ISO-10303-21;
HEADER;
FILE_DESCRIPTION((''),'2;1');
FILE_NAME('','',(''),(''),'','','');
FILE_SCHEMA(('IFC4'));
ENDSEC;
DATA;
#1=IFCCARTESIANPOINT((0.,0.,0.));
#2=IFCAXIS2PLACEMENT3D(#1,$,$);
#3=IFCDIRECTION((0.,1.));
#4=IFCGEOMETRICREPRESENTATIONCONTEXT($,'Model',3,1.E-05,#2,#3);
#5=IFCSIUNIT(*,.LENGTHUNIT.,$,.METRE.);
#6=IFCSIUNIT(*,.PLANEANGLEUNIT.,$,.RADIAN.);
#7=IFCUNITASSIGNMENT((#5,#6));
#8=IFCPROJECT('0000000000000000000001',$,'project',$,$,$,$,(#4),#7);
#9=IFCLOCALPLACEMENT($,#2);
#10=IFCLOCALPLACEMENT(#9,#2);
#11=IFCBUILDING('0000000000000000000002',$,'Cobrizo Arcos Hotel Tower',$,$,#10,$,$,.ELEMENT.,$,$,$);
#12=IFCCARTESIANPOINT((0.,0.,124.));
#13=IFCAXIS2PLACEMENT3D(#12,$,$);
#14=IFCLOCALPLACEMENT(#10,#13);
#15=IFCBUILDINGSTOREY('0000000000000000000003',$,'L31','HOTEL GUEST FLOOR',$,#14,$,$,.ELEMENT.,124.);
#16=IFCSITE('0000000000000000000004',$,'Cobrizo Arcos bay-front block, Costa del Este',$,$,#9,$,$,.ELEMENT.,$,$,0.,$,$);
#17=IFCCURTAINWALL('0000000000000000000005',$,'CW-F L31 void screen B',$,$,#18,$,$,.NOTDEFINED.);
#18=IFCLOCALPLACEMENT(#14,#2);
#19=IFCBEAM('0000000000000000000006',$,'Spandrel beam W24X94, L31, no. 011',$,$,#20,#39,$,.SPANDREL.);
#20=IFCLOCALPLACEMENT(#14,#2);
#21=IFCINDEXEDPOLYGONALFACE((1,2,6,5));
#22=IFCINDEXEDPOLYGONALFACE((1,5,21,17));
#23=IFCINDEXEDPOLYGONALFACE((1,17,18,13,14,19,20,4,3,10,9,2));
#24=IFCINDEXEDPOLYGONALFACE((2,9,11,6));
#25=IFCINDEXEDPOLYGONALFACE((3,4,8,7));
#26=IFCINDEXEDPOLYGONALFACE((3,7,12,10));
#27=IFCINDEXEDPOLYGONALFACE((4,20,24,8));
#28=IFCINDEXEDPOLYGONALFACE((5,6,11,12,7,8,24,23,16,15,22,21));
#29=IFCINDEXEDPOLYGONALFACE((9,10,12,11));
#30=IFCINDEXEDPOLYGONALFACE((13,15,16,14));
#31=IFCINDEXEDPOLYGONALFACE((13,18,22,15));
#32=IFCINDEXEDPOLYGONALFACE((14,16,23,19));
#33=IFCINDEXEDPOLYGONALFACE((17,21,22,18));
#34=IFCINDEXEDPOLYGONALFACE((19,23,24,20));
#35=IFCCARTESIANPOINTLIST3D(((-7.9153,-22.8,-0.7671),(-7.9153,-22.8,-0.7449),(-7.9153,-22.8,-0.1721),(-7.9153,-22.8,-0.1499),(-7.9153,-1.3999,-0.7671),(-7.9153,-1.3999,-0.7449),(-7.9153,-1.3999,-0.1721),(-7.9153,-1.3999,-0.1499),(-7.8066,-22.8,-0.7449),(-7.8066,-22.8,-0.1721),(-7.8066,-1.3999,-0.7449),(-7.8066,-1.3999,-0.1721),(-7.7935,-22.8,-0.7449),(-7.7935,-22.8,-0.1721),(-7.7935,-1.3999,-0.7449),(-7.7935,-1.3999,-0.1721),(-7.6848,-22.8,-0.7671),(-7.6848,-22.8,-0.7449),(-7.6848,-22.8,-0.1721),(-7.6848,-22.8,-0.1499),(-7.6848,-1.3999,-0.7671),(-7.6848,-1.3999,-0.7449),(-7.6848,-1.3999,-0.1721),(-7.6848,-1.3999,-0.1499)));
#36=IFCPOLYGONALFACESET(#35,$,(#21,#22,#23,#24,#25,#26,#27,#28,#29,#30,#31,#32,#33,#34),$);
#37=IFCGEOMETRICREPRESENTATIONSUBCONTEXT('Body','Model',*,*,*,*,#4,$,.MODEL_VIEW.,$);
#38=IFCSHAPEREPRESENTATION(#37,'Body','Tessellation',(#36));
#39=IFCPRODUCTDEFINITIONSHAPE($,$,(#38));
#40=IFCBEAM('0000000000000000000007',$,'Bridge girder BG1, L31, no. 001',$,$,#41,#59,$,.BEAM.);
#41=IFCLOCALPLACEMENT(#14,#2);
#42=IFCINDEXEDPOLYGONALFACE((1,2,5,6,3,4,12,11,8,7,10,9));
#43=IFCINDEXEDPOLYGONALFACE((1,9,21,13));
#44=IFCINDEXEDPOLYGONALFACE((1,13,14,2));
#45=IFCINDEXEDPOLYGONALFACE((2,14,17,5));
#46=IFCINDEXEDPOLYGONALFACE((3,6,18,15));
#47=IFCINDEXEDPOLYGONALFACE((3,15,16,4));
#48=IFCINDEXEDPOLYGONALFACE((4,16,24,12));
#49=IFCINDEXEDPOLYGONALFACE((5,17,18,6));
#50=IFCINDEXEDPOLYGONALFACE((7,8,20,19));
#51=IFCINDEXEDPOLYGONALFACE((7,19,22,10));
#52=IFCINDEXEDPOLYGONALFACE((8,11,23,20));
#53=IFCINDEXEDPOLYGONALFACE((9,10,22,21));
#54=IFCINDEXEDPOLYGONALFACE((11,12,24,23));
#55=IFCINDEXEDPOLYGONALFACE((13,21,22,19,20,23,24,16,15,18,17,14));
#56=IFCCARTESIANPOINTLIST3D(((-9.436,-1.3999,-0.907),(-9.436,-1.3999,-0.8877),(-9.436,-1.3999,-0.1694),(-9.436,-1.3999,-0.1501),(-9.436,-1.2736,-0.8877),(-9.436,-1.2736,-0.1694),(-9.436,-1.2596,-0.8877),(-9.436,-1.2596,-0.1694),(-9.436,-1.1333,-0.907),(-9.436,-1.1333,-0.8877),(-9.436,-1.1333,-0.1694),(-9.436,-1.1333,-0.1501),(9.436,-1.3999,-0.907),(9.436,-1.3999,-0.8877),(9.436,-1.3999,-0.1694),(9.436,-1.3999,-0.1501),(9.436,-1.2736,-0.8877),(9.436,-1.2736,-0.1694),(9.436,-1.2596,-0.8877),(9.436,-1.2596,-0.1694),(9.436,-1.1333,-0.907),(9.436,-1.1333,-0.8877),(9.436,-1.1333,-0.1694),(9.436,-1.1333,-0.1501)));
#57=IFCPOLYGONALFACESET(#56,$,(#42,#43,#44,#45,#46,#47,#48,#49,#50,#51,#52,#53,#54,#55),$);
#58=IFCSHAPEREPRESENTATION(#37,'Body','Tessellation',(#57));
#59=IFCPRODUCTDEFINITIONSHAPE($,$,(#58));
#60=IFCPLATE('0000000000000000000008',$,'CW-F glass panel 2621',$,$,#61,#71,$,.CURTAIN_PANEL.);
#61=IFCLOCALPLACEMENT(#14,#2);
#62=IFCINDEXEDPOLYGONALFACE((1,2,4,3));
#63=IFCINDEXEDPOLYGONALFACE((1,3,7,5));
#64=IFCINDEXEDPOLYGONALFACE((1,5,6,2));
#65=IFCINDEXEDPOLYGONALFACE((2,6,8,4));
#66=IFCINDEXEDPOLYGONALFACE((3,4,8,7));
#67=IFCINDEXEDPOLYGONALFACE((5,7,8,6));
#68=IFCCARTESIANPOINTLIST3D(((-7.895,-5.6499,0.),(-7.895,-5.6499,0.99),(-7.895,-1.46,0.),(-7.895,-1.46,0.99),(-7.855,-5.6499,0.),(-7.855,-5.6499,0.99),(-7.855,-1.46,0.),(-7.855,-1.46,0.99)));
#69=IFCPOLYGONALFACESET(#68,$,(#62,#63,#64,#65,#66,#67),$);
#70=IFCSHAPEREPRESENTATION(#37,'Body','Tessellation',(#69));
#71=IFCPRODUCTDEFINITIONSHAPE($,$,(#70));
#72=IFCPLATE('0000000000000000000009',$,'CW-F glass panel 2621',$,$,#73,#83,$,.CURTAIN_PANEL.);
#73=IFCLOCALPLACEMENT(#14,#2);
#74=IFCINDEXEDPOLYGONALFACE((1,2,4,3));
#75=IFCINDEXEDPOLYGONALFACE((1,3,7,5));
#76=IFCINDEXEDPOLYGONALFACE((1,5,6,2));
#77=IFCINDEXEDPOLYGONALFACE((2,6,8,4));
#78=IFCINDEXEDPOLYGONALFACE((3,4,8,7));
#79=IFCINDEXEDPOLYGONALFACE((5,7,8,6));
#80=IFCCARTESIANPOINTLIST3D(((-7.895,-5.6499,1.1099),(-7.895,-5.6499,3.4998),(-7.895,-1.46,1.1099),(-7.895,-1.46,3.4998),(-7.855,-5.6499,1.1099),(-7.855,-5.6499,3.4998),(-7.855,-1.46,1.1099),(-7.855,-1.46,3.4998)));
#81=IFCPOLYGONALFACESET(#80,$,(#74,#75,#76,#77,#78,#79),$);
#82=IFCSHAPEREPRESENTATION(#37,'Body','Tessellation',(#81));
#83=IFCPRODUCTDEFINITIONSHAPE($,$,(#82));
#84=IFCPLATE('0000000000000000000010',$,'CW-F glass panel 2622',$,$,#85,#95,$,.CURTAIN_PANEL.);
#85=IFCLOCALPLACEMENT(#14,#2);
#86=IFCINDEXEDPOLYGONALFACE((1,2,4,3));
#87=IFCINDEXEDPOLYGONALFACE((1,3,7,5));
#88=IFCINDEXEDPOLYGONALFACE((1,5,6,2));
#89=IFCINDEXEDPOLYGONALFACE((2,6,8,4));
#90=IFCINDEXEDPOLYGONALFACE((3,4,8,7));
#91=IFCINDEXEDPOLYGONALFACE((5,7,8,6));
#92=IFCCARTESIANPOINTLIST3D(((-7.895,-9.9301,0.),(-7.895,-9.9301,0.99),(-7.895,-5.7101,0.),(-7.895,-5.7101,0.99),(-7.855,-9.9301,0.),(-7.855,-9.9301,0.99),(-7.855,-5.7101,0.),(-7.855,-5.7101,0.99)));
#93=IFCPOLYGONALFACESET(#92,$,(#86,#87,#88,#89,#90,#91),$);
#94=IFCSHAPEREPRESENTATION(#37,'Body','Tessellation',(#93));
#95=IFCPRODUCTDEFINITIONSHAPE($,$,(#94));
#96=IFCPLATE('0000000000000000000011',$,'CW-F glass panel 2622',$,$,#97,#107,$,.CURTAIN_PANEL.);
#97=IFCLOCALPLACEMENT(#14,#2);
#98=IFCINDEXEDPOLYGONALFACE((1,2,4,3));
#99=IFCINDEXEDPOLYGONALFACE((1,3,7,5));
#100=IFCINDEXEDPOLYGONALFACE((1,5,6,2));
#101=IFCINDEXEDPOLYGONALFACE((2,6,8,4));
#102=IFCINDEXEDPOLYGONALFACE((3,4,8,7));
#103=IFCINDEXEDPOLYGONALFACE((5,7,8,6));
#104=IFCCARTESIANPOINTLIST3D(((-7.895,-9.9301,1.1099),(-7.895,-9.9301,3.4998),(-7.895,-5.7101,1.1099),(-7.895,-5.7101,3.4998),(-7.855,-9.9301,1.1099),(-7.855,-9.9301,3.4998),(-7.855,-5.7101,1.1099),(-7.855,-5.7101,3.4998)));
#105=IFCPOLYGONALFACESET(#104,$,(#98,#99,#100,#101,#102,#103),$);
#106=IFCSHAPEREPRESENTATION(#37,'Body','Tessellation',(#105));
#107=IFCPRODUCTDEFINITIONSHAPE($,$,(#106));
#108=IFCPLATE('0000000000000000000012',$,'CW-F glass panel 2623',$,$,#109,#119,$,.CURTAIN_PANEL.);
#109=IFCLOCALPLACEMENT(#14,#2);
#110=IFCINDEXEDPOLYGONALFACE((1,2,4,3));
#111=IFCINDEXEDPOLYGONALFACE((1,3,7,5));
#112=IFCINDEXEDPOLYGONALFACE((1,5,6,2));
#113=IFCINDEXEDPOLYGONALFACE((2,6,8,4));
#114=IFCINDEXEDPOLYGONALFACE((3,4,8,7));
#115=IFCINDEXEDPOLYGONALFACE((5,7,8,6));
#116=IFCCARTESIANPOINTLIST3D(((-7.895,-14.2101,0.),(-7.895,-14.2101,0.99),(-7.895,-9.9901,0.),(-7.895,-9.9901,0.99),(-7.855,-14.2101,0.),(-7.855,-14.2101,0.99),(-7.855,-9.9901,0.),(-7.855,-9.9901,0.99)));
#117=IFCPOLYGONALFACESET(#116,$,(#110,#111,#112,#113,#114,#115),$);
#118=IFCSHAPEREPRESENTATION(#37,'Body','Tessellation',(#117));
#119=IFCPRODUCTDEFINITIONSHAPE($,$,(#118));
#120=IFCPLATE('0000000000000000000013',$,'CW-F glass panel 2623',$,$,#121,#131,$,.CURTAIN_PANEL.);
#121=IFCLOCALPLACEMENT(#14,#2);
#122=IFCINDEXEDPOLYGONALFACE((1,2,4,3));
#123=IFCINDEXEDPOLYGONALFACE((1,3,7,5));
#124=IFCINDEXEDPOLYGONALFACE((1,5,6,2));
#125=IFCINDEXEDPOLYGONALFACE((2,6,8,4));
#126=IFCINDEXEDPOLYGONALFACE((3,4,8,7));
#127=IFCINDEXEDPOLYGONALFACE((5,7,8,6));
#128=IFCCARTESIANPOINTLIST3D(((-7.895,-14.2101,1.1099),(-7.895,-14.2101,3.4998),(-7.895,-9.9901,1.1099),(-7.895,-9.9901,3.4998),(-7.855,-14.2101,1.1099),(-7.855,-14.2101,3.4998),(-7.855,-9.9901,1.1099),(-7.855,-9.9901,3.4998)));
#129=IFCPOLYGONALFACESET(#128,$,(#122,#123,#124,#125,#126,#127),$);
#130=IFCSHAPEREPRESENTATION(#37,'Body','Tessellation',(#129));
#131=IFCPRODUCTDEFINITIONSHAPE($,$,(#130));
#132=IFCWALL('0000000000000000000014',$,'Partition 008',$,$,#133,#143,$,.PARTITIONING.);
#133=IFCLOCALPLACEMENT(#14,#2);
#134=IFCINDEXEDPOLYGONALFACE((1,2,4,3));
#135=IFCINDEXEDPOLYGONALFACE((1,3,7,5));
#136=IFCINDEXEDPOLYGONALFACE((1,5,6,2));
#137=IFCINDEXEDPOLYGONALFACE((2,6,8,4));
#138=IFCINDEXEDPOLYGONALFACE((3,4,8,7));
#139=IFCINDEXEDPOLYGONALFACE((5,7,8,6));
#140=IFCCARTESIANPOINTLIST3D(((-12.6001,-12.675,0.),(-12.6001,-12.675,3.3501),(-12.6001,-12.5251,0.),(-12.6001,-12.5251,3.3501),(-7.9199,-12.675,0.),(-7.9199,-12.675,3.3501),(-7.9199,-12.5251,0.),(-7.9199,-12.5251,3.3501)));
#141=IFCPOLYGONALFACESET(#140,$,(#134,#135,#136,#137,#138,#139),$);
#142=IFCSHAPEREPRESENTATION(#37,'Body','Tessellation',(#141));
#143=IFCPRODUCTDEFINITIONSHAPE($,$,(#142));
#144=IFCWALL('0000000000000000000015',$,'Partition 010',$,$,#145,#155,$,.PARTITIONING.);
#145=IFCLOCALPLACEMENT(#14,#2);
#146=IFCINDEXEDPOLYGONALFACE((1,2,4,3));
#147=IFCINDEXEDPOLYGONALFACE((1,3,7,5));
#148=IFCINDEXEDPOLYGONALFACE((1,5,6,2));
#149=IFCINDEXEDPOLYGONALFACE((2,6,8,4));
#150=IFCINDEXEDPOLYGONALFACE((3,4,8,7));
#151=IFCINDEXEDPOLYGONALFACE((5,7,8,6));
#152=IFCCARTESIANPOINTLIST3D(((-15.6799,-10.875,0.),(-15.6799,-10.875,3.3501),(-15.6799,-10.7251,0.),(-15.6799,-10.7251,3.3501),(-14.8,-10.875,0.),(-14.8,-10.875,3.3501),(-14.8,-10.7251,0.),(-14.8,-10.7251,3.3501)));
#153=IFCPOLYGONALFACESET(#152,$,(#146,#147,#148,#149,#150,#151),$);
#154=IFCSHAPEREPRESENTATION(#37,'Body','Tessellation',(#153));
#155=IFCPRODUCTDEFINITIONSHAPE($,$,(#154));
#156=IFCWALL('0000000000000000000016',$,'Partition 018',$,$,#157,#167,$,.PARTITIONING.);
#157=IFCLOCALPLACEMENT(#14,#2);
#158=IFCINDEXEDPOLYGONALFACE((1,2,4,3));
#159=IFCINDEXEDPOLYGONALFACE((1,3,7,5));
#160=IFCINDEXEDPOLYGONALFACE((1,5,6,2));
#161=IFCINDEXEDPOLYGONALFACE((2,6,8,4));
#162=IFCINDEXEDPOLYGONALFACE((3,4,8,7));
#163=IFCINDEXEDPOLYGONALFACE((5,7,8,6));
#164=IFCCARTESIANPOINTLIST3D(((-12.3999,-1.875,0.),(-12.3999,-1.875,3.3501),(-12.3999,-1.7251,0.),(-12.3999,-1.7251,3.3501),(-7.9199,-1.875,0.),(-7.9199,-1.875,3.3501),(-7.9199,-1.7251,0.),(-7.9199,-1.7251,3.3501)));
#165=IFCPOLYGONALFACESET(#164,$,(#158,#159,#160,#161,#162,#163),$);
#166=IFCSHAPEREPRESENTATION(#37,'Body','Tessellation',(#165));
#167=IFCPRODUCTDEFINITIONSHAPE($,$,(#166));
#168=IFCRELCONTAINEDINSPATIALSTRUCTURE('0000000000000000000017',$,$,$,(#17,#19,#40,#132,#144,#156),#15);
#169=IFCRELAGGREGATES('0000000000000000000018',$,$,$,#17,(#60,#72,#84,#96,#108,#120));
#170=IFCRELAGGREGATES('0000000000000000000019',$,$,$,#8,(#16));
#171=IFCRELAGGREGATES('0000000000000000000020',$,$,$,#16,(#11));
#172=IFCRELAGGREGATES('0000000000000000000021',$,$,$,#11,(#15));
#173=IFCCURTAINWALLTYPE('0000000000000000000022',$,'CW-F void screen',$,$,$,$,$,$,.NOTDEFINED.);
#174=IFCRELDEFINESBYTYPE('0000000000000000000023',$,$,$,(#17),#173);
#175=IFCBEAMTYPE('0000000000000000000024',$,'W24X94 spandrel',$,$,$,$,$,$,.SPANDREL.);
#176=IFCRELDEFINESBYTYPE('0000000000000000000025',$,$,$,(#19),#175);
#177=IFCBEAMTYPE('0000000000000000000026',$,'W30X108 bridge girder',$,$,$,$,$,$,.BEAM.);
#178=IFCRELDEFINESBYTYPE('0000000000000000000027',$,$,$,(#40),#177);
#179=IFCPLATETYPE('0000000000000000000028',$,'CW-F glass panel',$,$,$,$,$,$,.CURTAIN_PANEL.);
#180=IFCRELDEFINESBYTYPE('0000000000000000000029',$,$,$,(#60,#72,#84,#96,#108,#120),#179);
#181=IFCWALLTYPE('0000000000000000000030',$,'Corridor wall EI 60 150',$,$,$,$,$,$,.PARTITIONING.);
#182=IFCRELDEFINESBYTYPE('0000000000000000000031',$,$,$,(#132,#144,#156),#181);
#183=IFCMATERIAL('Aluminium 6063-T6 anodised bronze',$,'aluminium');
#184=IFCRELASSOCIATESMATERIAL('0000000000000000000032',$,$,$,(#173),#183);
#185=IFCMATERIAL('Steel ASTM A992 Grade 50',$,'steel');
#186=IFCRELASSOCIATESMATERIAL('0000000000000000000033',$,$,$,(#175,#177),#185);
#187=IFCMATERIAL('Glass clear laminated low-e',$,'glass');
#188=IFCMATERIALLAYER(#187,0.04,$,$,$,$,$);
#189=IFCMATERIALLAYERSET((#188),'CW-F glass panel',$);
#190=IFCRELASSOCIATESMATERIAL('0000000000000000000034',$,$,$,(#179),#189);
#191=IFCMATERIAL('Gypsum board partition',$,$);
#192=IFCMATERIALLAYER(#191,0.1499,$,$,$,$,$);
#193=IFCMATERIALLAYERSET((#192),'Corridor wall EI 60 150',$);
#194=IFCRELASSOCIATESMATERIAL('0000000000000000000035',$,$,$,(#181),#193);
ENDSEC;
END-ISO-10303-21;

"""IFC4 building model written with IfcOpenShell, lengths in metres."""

from ifc_helpers import new_model, si_unit, direction, frame, frame_2d, origin, origin_2d, place, context, subcontext, project, spatial, rectangle, i_section, extrude, material, layer, layer_set, material_profile, profile_set, type_object, element, aggregate, save


model = new_model("IFC4")

# Units and contexts
model_context = context("Model", 3, precision=1e-05, world=origin(), true_north=direction((0.0, 1.0)))
body_context = subcontext(model_context, "Body", "Model", "MODEL_VIEW")
ifc_project = project(units=[si_unit("LENGTHUNIT", "METRE"), si_unit("PLANEANGLEUNIT", "RADIAN")], contexts=[model_context])

# Site, building, storey
site_placement = place(None, origin())
site = spatial("IfcSite", under=ifc_project, at=site_placement, Name="Cobrizo Arcos bay-front block, Costa del Este", CompositionType="ELEMENT", RefElevation=0.0)
building_placement = place(site_placement, origin())
building = spatial("IfcBuilding", under=site, at=building_placement, Name="Cobrizo Arcos Hotel Tower", CompositionType="ELEMENT")
storey_placement = place(building_placement, frame((0.0, 0.0, 124.0)))
storey = spatial("IfcBuildingStorey", under=building, at=storey_placement, Name="L31", Description="HOTEL GUEST FLOOR", CompositionType="ELEMENT", Elevation=124.0)

# Shared definitions
ifc_material_1 = material(Name="Steel ASTM A992 Grade 50", Category="steel")

# Curtain wall
ifc_material_2 = material(Name="Aluminium 6063-T6 anodised bronze", Category="aluminium")
curtain_wall_type = type_object("IfcCurtainWallType", Name="CW-F void screen", PredefinedType="NOTDEFINED", material=ifc_material_2)
curtain_wall_placement = place(storey_placement, origin())
curtain_wall = element("IfcCurtainWall", 1, at=curtain_wall_placement, inside=storey, type_object=curtain_wall_type, Name="CW-F L31 void screen B", PredefinedType="NOTDEFINED")

# Beams
ifc_material_profile_1 = material_profile(ifc_material_1, i_section(OverallWidth=0.2305, OverallDepth=0.6172, WebThickness=0.0132, FlangeThickness=0.0222, at=origin_2d()), Name="W24X94")
ifc_profile_set_1 = profile_set([ifc_material_profile_1], Name="Steel ASTM A992 Grade 50")
beam_type_1 = type_object("IfcBeamType", Name="W24X94 spandrel", PredefinedType="SPANDREL", material=ifc_profile_set_1)
beam_1_placement = place(storey_placement, frame((-7.8, -1.3999, -0.4585), z_axis=(0.0, -1.0, 0.0), x_axis=(1.0, 0.0, 0.0)))
element("IfcBeam", 2, at=beam_1_placement, inside=storey, type_object=beam_type_1, Name="Spandrel beam W24X94, L31, no. 011", PredefinedType="SPANDREL", context=body_context, shape_type="SweptSolid", body=[
    extrude(i_section(OverallWidth=0.2305, OverallDepth=0.6172, WebThickness=0.0132, FlangeThickness=0.0222, at=origin_2d()), origin(), (0.0, 0.0, 1.0), 21.4001),
])
ifc_material_profile_2 = material_profile(ifc_material_1, i_section(OverallWidth=0.2666, OverallDepth=0.7568, WebThickness=0.0139, FlangeThickness=0.0193, at=origin_2d()), Name="W30X108")
ifc_profile_set_2 = profile_set([ifc_material_profile_2], Name="Steel ASTM A992 Grade 50")
beam_type_2 = type_object("IfcBeamType", Name="W30X108 bridge girder", PredefinedType="BEAM", material=ifc_profile_set_2)
beam_2_placement = place(storey_placement, frame((-9.436, -1.2666, -0.5286), z_axis=(1.0, 0.0, 0.0), x_axis=(0.0, 1.0, 0.0)))
element("IfcBeam", 3, at=beam_2_placement, inside=storey, type_object=beam_type_2, Name="Bridge girder BG1, L31, no. 001", PredefinedType="BEAM", context=body_context, shape_type="SweptSolid", body=[
    extrude(i_section(OverallWidth=0.2666, OverallDepth=0.7568, WebThickness=0.0139, FlangeThickness=0.0193, at=origin_2d()), origin(), (0.0, 0.0, 1.0), 18.8721),
])

# Plates
ifc_material_3 = material(Name="Glass clear laminated low-e", Category="glass")
ifc_layer_1 = layer(ifc_material_3, 0.04)
ifc_layer_set_1 = layer_set([ifc_layer_1], Name="CW-F glass panel")
plate_type = type_object("IfcPlateType", Name="CW-F glass panel", PredefinedType="CURTAIN_PANEL", material=ifc_layer_set_1)
plate_1_placement = place(storey_placement, frame((-7.875, -3.5549, 0.0), z_axis=(0.0, 0.0, 1.0), x_axis=(0.0, -1.0, 0.0)))
plate_1 = element("IfcPlate", 4, at=plate_1_placement, type_object=plate_type, Name="CW-F glass panel 2621", PredefinedType="CURTAIN_PANEL", context=body_context, shape_type="SweptSolid", body=[
    extrude(rectangle(XDim=4.1899, YDim=0.04, at=origin_2d()), origin(), (0.0, 0.0, 1.0), 0.99),
])
plate_2_placement = place(storey_placement, frame((-7.875, -3.5549, 1.1099), z_axis=(0.0, 0.0, 1.0), x_axis=(0.0, -1.0, 0.0)))
plate_2 = element("IfcPlate", 5, at=plate_2_placement, type_object=plate_type, Name="CW-F glass panel 2621", PredefinedType="CURTAIN_PANEL", context=body_context, shape_type="SweptSolid", body=[
    extrude(rectangle(XDim=4.1899, YDim=0.04, at=origin_2d()), origin(), (0.0, 0.0, 1.0), 2.3899),
])
plate_3_placement = place(storey_placement, frame((-7.875, -7.8201, 0.0), z_axis=(0.0, 0.0, 1.0), x_axis=(0.0, -1.0, 0.0)))
plate_3 = element("IfcPlate", 6, at=plate_3_placement, type_object=plate_type, Name="CW-F glass panel 2622", PredefinedType="CURTAIN_PANEL", context=body_context, shape_type="SweptSolid", body=[
    extrude(rectangle(XDim=4.22, YDim=0.04, at=origin_2d()), origin(), (0.0, 0.0, 1.0), 0.99),
])
plate_4_placement = place(storey_placement, frame((-7.875, -7.8201, 1.1099), z_axis=(0.0, 0.0, 1.0), x_axis=(0.0, -1.0, 0.0)))
plate_4 = element("IfcPlate", 7, at=plate_4_placement, type_object=plate_type, Name="CW-F glass panel 2622", PredefinedType="CURTAIN_PANEL", context=body_context, shape_type="SweptSolid", body=[
    extrude(rectangle(XDim=4.22, YDim=0.04, at=origin_2d()), origin(), (0.0, 0.0, 1.0), 2.3899),
])
plate_5_placement = place(storey_placement, frame((-7.875, -12.1001, 0.0), z_axis=(0.0, 0.0, 1.0), x_axis=(0.0, -1.0, 0.0)))
plate_5 = element("IfcPlate", 8, at=plate_5_placement, type_object=plate_type, Name="CW-F glass panel 2623", PredefinedType="CURTAIN_PANEL", context=body_context, shape_type="SweptSolid", body=[
    extrude(rectangle(XDim=4.22, YDim=0.04, at=origin_2d()), origin(), (0.0, 0.0, 1.0), 0.99),
])
plate_6_placement = place(storey_placement, frame((-7.875, -12.1001, 1.1099), z_axis=(0.0, 0.0, 1.0), x_axis=(0.0, -1.0, 0.0)))
plate_6 = element("IfcPlate", 9, at=plate_6_placement, type_object=plate_type, Name="CW-F glass panel 2623", PredefinedType="CURTAIN_PANEL", context=body_context, shape_type="SweptSolid", body=[
    extrude(rectangle(XDim=4.22, YDim=0.04, at=origin_2d()), origin(), (0.0, 0.0, 1.0), 2.3899),
])
aggregate(curtain_wall, [plate_1, plate_2, plate_3, plate_4, plate_5, plate_6])

# Walls
ifc_material_4 = material(Name="Gypsum board partition")
ifc_layer_2 = layer(ifc_material_4, 0.1499)
ifc_layer_set_2 = layer_set([ifc_layer_2], Name="Corridor wall EI 60 150")
wall_type_1 = type_object("IfcWallType", Name="Corridor wall EI 60 150", PredefinedType="PARTITIONING", material=ifc_layer_set_2)
wall_1_placement = place(storey_placement, frame((-12.6001, -12.6001, 0.0), z_axis=(0.0, 0.0, 1.0), x_axis=(1.0, 0.0, 0.0)))
element("IfcWall", 10, at=wall_1_placement, inside=storey, type_object=wall_type_1, Name="Partition 008", PredefinedType="PARTITIONING", context=body_context, shape_type="SweptSolid", body=[
    extrude(rectangle(XDim=4.6802, YDim=0.1499, at=frame_2d((2.3401, 0.0))), origin(), (0.0, 0.0, 1.0), 3.3501),
])
wall_2_placement = place(storey_placement, frame((-15.6799, -10.8, 0.0), z_axis=(0.0, 0.0, 1.0), x_axis=(1.0, 0.0, 0.0)))
element("IfcWall", 11, at=wall_2_placement, inside=storey, type_object=wall_type_1, Name="Partition 010", PredefinedType="PARTITIONING", context=body_context, shape_type="SweptSolid", body=[
    extrude(rectangle(XDim=0.8799, YDim=0.1499, at=frame_2d((0.4399, 0.0))), origin(), (0.0, 0.0, 1.0), 3.3501),
])
wall_3_placement = place(storey_placement, frame((-12.3999, -1.8, 0.0), z_axis=(0.0, 0.0, 1.0), x_axis=(1.0, 0.0, 0.0)))
element("IfcWall", 12, at=wall_3_placement, inside=storey, type_object=wall_type_1, Name="Partition 018", PredefinedType="PARTITIONING", context=body_context, shape_type="SweptSolid", body=[
    extrude(rectangle(XDim=4.48, YDim=0.1499, at=frame_2d((2.24, 0.0))), origin(), (0.0, 0.0, 1.0), 3.3501),
])

save(model, "model.ifc")
